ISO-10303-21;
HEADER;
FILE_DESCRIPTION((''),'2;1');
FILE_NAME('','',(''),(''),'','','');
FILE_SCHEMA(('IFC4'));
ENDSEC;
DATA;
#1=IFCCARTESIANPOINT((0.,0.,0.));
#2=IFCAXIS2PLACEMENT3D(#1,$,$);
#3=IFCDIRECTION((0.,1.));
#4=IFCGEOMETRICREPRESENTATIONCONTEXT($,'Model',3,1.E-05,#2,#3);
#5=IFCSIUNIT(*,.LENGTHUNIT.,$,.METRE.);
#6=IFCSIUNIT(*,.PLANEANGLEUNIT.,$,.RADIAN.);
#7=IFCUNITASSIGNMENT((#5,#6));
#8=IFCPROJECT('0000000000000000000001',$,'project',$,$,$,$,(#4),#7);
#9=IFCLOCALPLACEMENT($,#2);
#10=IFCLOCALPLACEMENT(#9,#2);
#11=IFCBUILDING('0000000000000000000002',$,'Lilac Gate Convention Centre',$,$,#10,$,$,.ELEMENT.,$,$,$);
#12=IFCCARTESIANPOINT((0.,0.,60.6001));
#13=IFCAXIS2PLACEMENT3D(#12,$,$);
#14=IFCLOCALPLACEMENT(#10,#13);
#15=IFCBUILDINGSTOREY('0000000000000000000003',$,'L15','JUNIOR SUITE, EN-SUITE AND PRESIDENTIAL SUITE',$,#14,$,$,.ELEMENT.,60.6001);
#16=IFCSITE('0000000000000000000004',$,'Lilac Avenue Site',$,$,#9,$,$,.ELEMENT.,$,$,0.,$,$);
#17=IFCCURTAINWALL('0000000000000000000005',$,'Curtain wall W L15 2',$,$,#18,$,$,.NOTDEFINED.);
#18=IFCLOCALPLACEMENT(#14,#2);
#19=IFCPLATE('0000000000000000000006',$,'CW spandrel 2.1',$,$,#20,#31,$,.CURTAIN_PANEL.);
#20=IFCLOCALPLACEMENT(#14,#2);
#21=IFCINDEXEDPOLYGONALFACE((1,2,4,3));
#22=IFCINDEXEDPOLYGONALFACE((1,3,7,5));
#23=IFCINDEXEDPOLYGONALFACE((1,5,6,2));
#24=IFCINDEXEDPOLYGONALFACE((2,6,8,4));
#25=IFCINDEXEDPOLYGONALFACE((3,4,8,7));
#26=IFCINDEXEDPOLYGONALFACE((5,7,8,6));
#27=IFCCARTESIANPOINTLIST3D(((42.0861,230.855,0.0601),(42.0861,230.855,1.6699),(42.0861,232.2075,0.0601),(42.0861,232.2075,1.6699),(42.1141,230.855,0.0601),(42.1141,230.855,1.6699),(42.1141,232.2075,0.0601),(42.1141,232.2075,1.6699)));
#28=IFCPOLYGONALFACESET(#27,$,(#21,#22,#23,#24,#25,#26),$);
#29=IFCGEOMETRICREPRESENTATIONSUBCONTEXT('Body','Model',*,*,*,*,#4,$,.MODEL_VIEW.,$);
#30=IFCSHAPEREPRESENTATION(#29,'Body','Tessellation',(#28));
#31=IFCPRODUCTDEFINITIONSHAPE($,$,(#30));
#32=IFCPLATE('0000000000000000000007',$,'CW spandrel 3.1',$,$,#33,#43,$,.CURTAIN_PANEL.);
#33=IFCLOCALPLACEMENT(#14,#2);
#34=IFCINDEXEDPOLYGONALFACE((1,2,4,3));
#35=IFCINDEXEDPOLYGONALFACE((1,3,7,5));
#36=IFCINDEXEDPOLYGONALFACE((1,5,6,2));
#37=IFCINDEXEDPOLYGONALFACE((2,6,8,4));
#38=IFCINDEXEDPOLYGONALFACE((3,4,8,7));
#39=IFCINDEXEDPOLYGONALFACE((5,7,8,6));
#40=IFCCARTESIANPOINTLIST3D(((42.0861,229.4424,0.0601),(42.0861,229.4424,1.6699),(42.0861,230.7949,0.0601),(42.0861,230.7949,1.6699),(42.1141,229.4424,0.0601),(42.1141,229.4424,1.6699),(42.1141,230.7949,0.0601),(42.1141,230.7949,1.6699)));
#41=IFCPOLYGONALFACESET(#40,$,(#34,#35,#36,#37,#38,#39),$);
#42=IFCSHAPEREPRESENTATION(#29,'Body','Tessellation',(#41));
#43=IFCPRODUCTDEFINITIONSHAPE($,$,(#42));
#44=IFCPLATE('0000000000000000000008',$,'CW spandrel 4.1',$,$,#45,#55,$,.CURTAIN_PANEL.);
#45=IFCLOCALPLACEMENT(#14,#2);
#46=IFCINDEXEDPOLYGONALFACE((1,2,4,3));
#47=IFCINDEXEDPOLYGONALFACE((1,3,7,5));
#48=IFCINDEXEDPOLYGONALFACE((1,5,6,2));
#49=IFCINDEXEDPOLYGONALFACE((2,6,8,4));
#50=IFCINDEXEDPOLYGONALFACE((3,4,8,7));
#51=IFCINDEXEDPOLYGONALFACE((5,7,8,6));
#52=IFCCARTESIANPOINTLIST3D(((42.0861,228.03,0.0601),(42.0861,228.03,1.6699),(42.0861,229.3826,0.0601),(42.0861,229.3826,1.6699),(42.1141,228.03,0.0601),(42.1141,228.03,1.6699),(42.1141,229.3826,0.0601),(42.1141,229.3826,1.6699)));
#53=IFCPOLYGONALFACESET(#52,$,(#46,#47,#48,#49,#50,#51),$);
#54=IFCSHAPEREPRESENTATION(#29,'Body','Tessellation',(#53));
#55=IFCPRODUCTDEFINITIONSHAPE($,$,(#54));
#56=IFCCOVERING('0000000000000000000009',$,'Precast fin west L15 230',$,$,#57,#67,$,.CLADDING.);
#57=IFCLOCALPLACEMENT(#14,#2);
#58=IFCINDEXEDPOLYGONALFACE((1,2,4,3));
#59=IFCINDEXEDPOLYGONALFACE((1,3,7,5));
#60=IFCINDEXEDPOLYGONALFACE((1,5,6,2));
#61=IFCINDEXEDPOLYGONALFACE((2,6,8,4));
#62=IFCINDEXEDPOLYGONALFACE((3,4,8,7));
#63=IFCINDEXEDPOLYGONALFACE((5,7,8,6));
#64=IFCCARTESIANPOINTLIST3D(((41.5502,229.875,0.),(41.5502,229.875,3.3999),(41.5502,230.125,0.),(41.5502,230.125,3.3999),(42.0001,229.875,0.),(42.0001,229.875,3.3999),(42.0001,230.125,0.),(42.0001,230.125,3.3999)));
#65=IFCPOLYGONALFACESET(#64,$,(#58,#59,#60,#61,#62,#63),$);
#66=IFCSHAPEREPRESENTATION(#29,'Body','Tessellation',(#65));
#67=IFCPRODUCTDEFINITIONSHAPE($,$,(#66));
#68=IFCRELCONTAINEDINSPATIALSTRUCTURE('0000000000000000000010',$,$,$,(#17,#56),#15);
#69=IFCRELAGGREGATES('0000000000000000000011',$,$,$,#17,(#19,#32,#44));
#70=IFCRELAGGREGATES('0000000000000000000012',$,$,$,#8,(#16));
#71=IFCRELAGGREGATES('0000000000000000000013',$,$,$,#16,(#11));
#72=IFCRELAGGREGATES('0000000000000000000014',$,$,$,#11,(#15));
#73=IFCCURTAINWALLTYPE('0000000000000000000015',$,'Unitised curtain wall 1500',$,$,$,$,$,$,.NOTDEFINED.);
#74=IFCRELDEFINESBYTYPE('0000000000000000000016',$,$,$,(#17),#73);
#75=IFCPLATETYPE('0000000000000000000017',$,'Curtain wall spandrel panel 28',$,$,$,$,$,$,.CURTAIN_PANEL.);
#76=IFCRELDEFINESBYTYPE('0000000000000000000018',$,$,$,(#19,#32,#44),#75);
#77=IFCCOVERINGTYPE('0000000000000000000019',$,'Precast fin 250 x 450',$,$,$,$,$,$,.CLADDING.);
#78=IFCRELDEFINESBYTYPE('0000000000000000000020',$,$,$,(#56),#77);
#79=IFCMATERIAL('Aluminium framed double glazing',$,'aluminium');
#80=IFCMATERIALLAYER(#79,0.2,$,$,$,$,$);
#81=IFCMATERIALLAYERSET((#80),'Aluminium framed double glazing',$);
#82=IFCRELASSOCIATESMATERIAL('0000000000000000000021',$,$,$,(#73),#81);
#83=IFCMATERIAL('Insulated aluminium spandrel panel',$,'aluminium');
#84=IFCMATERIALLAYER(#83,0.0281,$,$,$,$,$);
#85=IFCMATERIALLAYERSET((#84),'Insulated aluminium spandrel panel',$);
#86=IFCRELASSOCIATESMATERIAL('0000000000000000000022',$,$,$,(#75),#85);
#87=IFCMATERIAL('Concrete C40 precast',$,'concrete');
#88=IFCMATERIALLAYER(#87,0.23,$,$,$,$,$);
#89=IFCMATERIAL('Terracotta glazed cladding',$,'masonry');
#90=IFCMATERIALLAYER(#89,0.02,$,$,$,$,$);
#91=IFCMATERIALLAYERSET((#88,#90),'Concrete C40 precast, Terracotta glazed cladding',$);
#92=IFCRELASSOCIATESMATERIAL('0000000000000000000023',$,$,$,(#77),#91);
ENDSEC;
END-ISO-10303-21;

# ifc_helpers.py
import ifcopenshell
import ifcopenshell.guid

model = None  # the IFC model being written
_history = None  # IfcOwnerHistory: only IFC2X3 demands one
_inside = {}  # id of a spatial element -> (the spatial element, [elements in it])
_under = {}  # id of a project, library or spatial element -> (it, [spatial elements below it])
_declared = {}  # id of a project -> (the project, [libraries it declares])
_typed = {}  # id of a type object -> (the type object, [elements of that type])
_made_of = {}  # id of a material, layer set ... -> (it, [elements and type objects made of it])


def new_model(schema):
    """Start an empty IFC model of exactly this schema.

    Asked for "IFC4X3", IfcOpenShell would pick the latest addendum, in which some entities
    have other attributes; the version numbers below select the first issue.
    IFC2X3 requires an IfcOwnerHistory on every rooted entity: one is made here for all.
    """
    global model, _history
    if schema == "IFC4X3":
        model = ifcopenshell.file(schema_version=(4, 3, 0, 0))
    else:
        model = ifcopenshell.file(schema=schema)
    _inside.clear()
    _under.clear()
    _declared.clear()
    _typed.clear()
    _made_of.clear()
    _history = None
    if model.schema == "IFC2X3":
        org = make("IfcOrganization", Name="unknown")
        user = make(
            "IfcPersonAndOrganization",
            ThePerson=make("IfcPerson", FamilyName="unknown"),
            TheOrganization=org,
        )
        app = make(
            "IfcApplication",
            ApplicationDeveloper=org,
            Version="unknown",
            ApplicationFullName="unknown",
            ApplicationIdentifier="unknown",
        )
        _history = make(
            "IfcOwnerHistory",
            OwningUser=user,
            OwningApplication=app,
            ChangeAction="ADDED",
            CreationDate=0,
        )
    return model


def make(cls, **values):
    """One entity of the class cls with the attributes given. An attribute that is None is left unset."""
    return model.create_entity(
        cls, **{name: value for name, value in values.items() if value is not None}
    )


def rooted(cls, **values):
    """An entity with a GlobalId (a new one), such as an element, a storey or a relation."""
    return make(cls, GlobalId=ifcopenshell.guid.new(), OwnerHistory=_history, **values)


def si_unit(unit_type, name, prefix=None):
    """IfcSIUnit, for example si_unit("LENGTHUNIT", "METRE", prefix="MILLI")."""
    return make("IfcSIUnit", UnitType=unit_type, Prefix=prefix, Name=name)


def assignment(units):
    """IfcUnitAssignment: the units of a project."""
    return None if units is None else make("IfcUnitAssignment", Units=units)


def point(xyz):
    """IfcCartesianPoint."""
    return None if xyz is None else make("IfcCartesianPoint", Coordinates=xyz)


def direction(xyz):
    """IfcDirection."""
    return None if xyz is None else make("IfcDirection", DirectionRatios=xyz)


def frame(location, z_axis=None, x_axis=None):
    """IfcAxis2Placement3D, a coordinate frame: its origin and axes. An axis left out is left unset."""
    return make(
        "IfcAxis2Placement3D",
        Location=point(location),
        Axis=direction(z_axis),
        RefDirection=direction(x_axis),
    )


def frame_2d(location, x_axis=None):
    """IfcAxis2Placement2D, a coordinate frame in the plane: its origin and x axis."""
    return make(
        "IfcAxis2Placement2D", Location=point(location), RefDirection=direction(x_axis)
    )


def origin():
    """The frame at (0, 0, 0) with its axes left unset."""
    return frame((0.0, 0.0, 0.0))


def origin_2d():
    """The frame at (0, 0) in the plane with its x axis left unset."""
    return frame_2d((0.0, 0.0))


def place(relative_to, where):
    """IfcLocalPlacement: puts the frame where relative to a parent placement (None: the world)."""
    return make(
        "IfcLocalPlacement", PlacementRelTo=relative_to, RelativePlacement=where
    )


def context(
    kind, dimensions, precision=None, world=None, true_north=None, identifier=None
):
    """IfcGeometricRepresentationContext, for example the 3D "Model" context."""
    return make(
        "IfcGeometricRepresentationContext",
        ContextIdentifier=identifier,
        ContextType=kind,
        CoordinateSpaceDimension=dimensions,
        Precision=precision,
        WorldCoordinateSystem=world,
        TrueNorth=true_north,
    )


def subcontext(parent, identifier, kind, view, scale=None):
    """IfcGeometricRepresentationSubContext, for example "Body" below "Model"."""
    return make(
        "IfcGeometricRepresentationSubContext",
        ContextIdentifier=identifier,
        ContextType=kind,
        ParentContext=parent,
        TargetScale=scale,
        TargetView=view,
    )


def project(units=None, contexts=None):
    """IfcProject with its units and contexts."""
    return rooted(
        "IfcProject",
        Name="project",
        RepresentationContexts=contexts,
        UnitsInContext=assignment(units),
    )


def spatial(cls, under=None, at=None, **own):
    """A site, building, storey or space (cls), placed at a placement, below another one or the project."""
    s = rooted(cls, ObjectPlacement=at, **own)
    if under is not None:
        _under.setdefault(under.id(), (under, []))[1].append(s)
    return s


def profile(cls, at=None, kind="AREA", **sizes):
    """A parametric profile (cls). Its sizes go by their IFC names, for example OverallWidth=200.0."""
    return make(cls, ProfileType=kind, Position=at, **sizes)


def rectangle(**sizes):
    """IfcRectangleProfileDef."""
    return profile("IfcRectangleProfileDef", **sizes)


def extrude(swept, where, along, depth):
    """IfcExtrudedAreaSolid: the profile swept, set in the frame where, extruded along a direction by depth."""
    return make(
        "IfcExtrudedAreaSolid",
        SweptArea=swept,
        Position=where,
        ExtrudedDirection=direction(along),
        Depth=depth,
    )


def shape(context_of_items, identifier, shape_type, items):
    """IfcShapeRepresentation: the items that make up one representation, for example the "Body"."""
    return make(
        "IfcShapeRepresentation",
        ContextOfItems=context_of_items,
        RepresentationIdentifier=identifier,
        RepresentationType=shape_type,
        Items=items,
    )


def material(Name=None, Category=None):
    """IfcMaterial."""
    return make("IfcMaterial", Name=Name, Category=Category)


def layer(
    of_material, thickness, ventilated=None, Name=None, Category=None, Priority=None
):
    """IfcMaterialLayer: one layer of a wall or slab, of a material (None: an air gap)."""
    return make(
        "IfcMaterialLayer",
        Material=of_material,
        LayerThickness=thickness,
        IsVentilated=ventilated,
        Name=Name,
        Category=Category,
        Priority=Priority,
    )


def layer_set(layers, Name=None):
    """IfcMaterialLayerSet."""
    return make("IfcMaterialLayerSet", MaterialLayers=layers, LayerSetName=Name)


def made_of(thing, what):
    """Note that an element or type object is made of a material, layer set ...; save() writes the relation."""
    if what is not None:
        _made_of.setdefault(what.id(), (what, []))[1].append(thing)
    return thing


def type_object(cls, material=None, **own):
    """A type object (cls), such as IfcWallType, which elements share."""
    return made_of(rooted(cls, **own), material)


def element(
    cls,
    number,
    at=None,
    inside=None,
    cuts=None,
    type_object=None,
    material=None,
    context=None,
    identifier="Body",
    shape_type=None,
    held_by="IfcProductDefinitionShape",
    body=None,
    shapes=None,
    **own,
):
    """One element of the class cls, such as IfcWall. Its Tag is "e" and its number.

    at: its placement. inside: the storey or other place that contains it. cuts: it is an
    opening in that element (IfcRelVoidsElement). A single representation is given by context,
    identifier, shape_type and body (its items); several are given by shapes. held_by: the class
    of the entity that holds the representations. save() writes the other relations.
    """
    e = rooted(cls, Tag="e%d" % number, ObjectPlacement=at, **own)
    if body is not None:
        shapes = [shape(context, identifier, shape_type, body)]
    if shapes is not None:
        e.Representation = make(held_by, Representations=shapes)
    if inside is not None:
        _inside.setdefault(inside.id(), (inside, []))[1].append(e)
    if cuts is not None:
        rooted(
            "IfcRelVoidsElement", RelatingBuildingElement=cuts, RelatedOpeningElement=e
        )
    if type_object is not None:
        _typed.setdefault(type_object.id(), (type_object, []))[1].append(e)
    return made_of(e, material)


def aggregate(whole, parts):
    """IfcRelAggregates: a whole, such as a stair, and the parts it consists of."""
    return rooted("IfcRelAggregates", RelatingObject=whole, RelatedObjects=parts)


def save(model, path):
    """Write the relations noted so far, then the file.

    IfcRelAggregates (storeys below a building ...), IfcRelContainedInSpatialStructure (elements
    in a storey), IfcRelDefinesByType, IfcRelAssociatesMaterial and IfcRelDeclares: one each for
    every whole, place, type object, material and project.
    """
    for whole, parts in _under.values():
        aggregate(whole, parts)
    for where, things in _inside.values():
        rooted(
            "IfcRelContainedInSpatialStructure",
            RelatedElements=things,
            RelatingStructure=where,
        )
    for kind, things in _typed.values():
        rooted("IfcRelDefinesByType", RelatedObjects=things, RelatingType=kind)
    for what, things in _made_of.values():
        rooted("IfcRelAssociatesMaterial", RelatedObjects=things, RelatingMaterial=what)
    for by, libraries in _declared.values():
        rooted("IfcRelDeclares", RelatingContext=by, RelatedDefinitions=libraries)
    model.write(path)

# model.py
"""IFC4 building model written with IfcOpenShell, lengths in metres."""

from ifc_helpers import new_model, si_unit, direction, frame, frame_2d, origin, origin_2d, place, context, subcontext, project, spatial, rectangle, extrude, material, layer, layer_set, type_object, element, aggregate, save


model = new_model("IFC4")

# Units and contexts
model_context = context("Model", 3, precision=1e-05, world=origin(), true_north=direction((0.0, 1.0)))
body_context = subcontext(model_context, "Body", "Model", "MODEL_VIEW")
ifc_project = project(units=[si_unit("LENGTHUNIT", "METRE"), si_unit("PLANEANGLEUNIT", "RADIAN")], contexts=[model_context])

# Site, building, storey
site_placement = place(None, origin())
site = spatial("IfcSite", under=ifc_project, at=site_placement, Name="Lilac Avenue Site", CompositionType="ELEMENT", RefElevation=0.0)
building_placement = place(site_placement, origin())
building = spatial("IfcBuilding", under=site, at=building_placement, Name="Lilac Gate Convention Centre", CompositionType="ELEMENT")
storey_placement = place(building_placement, frame((0.0, 0.0, 60.6001)))
storey = spatial("IfcBuildingStorey", under=building, at=storey_placement, Name="L15", Description="JUNIOR SUITE, EN-SUITE AND PRESIDENTIAL SUITE", CompositionType="ELEMENT", Elevation=60.6001)

# Curtain wall, plates
ifc_material_1 = material(Name="Aluminium framed double glazing", Category="aluminium")
ifc_layer_1 = layer(ifc_material_1, 0.2)
ifc_layer_set_1 = layer_set([ifc_layer_1], Name="Aluminium framed double glazing")
curtain_wall_type = type_object("IfcCurtainWallType", Name="Unitised curtain wall 1500", PredefinedType="NOTDEFINED", material=ifc_layer_set_1)
curtain_wall_placement = place(storey_placement, origin())
curtain_wall = element("IfcCurtainWall", 1, at=curtain_wall_placement, inside=storey, type_object=curtain_wall_type, Name="Curtain wall W L15 2", PredefinedType="NOTDEFINED")
ifc_material_2 = material(Name="Insulated aluminium spandrel panel", Category="aluminium")
ifc_layer_2 = layer(ifc_material_2, 0.0281)
ifc_layer_set_2 = layer_set([ifc_layer_2], Name="Insulated aluminium spandrel panel")
plate_type_1 = type_object("IfcPlateType", Name="Curtain wall spandrel panel 28", PredefinedType="CURTAIN_PANEL", material=ifc_layer_set_2)
plate_1_placement = place(storey_placement, frame((42.1001, 231.5312, 0.0601), z_axis=(0.0, 0.0, 1.0), x_axis=(0.0, -1.0, 0.0)))
plate_1 = element("IfcPlate", 2, at=plate_1_placement, type_object=plate_type_1, Name="CW spandrel 2.1", PredefinedType="CURTAIN_PANEL", context=body_context, shape_type="SweptSolid", body=[
    extrude(rectangle(XDim=1.3525, YDim=0.0281, at=origin_2d()), origin(), (0.0, 0.0, 1.0), 1.6099),
])
plate_2_placement = place(storey_placement, frame((42.1001, 230.1187, 0.0601), z_axis=(0.0, 0.0, 1.0), x_axis=(0.0, -1.0, 0.0)))
plate_2 = element("IfcPlate", 3, at=plate_2_placement, type_object=plate_type_1, Name="CW spandrel 3.1", PredefinedType="CURTAIN_PANEL", context=body_context, shape_type="SweptSolid", body=[
    extrude(rectangle(XDim=1.3525, YDim=0.0281, at=origin_2d()), origin(), (0.0, 0.0, 1.0), 1.6099),
])
plate_3_placement = place(storey_placement, frame((42.1001, 228.7063, 0.0601), z_axis=(0.0, 0.0, 1.0), x_axis=(0.0, -1.0, 0.0)))
plate_3 = element("IfcPlate", 4, at=plate_3_placement, type_object=plate_type_1, Name="CW spandrel 4.1", PredefinedType="CURTAIN_PANEL", context=body_context, shape_type="SweptSolid", body=[
    extrude(rectangle(XDim=1.3525, YDim=0.0281, at=origin_2d()), origin(), (0.0, 0.0, 1.0), 1.6099),
])
aggregate(curtain_wall, [plate_1, plate_2, plate_3])

# Covering
ifc_material_3 = material(Name="Concrete C40 precast", Category="concrete")
ifc_layer_3 = layer(ifc_material_3, 0.23)
ifc_material_4 = material(Name="Terracotta glazed cladding", Category="masonry")
ifc_layer_4 = layer(ifc_material_4, 0.02)
ifc_layer_set_3 = layer_set([ifc_layer_3, ifc_layer_4], Name="Concrete C40 precast, Terracotta glazed cladding")
covering_type = type_object("IfcCoveringType", Name="Precast fin 250 x 450", PredefinedType="CLADDING", material=ifc_layer_set_3)
covering_placement = place(storey_placement, frame((41.55, 230.0, 0.0), z_axis=(0.0, 0.0, 1.0), x_axis=(1.0, 0.0, 0.0)))
element("IfcCovering", 5, at=covering_placement, inside=storey, type_object=covering_type, Name="Precast fin west L15 230", PredefinedType="CLADDING", context=body_context, shape_type="SweptSolid", body=[
    extrude(rectangle(XDim=0.45, YDim=0.25, at=frame_2d((0.2251, 0.0))), origin(), (0.0, 0.0, 1.0), 3.3999),
])

save(model, "model.ifc")
